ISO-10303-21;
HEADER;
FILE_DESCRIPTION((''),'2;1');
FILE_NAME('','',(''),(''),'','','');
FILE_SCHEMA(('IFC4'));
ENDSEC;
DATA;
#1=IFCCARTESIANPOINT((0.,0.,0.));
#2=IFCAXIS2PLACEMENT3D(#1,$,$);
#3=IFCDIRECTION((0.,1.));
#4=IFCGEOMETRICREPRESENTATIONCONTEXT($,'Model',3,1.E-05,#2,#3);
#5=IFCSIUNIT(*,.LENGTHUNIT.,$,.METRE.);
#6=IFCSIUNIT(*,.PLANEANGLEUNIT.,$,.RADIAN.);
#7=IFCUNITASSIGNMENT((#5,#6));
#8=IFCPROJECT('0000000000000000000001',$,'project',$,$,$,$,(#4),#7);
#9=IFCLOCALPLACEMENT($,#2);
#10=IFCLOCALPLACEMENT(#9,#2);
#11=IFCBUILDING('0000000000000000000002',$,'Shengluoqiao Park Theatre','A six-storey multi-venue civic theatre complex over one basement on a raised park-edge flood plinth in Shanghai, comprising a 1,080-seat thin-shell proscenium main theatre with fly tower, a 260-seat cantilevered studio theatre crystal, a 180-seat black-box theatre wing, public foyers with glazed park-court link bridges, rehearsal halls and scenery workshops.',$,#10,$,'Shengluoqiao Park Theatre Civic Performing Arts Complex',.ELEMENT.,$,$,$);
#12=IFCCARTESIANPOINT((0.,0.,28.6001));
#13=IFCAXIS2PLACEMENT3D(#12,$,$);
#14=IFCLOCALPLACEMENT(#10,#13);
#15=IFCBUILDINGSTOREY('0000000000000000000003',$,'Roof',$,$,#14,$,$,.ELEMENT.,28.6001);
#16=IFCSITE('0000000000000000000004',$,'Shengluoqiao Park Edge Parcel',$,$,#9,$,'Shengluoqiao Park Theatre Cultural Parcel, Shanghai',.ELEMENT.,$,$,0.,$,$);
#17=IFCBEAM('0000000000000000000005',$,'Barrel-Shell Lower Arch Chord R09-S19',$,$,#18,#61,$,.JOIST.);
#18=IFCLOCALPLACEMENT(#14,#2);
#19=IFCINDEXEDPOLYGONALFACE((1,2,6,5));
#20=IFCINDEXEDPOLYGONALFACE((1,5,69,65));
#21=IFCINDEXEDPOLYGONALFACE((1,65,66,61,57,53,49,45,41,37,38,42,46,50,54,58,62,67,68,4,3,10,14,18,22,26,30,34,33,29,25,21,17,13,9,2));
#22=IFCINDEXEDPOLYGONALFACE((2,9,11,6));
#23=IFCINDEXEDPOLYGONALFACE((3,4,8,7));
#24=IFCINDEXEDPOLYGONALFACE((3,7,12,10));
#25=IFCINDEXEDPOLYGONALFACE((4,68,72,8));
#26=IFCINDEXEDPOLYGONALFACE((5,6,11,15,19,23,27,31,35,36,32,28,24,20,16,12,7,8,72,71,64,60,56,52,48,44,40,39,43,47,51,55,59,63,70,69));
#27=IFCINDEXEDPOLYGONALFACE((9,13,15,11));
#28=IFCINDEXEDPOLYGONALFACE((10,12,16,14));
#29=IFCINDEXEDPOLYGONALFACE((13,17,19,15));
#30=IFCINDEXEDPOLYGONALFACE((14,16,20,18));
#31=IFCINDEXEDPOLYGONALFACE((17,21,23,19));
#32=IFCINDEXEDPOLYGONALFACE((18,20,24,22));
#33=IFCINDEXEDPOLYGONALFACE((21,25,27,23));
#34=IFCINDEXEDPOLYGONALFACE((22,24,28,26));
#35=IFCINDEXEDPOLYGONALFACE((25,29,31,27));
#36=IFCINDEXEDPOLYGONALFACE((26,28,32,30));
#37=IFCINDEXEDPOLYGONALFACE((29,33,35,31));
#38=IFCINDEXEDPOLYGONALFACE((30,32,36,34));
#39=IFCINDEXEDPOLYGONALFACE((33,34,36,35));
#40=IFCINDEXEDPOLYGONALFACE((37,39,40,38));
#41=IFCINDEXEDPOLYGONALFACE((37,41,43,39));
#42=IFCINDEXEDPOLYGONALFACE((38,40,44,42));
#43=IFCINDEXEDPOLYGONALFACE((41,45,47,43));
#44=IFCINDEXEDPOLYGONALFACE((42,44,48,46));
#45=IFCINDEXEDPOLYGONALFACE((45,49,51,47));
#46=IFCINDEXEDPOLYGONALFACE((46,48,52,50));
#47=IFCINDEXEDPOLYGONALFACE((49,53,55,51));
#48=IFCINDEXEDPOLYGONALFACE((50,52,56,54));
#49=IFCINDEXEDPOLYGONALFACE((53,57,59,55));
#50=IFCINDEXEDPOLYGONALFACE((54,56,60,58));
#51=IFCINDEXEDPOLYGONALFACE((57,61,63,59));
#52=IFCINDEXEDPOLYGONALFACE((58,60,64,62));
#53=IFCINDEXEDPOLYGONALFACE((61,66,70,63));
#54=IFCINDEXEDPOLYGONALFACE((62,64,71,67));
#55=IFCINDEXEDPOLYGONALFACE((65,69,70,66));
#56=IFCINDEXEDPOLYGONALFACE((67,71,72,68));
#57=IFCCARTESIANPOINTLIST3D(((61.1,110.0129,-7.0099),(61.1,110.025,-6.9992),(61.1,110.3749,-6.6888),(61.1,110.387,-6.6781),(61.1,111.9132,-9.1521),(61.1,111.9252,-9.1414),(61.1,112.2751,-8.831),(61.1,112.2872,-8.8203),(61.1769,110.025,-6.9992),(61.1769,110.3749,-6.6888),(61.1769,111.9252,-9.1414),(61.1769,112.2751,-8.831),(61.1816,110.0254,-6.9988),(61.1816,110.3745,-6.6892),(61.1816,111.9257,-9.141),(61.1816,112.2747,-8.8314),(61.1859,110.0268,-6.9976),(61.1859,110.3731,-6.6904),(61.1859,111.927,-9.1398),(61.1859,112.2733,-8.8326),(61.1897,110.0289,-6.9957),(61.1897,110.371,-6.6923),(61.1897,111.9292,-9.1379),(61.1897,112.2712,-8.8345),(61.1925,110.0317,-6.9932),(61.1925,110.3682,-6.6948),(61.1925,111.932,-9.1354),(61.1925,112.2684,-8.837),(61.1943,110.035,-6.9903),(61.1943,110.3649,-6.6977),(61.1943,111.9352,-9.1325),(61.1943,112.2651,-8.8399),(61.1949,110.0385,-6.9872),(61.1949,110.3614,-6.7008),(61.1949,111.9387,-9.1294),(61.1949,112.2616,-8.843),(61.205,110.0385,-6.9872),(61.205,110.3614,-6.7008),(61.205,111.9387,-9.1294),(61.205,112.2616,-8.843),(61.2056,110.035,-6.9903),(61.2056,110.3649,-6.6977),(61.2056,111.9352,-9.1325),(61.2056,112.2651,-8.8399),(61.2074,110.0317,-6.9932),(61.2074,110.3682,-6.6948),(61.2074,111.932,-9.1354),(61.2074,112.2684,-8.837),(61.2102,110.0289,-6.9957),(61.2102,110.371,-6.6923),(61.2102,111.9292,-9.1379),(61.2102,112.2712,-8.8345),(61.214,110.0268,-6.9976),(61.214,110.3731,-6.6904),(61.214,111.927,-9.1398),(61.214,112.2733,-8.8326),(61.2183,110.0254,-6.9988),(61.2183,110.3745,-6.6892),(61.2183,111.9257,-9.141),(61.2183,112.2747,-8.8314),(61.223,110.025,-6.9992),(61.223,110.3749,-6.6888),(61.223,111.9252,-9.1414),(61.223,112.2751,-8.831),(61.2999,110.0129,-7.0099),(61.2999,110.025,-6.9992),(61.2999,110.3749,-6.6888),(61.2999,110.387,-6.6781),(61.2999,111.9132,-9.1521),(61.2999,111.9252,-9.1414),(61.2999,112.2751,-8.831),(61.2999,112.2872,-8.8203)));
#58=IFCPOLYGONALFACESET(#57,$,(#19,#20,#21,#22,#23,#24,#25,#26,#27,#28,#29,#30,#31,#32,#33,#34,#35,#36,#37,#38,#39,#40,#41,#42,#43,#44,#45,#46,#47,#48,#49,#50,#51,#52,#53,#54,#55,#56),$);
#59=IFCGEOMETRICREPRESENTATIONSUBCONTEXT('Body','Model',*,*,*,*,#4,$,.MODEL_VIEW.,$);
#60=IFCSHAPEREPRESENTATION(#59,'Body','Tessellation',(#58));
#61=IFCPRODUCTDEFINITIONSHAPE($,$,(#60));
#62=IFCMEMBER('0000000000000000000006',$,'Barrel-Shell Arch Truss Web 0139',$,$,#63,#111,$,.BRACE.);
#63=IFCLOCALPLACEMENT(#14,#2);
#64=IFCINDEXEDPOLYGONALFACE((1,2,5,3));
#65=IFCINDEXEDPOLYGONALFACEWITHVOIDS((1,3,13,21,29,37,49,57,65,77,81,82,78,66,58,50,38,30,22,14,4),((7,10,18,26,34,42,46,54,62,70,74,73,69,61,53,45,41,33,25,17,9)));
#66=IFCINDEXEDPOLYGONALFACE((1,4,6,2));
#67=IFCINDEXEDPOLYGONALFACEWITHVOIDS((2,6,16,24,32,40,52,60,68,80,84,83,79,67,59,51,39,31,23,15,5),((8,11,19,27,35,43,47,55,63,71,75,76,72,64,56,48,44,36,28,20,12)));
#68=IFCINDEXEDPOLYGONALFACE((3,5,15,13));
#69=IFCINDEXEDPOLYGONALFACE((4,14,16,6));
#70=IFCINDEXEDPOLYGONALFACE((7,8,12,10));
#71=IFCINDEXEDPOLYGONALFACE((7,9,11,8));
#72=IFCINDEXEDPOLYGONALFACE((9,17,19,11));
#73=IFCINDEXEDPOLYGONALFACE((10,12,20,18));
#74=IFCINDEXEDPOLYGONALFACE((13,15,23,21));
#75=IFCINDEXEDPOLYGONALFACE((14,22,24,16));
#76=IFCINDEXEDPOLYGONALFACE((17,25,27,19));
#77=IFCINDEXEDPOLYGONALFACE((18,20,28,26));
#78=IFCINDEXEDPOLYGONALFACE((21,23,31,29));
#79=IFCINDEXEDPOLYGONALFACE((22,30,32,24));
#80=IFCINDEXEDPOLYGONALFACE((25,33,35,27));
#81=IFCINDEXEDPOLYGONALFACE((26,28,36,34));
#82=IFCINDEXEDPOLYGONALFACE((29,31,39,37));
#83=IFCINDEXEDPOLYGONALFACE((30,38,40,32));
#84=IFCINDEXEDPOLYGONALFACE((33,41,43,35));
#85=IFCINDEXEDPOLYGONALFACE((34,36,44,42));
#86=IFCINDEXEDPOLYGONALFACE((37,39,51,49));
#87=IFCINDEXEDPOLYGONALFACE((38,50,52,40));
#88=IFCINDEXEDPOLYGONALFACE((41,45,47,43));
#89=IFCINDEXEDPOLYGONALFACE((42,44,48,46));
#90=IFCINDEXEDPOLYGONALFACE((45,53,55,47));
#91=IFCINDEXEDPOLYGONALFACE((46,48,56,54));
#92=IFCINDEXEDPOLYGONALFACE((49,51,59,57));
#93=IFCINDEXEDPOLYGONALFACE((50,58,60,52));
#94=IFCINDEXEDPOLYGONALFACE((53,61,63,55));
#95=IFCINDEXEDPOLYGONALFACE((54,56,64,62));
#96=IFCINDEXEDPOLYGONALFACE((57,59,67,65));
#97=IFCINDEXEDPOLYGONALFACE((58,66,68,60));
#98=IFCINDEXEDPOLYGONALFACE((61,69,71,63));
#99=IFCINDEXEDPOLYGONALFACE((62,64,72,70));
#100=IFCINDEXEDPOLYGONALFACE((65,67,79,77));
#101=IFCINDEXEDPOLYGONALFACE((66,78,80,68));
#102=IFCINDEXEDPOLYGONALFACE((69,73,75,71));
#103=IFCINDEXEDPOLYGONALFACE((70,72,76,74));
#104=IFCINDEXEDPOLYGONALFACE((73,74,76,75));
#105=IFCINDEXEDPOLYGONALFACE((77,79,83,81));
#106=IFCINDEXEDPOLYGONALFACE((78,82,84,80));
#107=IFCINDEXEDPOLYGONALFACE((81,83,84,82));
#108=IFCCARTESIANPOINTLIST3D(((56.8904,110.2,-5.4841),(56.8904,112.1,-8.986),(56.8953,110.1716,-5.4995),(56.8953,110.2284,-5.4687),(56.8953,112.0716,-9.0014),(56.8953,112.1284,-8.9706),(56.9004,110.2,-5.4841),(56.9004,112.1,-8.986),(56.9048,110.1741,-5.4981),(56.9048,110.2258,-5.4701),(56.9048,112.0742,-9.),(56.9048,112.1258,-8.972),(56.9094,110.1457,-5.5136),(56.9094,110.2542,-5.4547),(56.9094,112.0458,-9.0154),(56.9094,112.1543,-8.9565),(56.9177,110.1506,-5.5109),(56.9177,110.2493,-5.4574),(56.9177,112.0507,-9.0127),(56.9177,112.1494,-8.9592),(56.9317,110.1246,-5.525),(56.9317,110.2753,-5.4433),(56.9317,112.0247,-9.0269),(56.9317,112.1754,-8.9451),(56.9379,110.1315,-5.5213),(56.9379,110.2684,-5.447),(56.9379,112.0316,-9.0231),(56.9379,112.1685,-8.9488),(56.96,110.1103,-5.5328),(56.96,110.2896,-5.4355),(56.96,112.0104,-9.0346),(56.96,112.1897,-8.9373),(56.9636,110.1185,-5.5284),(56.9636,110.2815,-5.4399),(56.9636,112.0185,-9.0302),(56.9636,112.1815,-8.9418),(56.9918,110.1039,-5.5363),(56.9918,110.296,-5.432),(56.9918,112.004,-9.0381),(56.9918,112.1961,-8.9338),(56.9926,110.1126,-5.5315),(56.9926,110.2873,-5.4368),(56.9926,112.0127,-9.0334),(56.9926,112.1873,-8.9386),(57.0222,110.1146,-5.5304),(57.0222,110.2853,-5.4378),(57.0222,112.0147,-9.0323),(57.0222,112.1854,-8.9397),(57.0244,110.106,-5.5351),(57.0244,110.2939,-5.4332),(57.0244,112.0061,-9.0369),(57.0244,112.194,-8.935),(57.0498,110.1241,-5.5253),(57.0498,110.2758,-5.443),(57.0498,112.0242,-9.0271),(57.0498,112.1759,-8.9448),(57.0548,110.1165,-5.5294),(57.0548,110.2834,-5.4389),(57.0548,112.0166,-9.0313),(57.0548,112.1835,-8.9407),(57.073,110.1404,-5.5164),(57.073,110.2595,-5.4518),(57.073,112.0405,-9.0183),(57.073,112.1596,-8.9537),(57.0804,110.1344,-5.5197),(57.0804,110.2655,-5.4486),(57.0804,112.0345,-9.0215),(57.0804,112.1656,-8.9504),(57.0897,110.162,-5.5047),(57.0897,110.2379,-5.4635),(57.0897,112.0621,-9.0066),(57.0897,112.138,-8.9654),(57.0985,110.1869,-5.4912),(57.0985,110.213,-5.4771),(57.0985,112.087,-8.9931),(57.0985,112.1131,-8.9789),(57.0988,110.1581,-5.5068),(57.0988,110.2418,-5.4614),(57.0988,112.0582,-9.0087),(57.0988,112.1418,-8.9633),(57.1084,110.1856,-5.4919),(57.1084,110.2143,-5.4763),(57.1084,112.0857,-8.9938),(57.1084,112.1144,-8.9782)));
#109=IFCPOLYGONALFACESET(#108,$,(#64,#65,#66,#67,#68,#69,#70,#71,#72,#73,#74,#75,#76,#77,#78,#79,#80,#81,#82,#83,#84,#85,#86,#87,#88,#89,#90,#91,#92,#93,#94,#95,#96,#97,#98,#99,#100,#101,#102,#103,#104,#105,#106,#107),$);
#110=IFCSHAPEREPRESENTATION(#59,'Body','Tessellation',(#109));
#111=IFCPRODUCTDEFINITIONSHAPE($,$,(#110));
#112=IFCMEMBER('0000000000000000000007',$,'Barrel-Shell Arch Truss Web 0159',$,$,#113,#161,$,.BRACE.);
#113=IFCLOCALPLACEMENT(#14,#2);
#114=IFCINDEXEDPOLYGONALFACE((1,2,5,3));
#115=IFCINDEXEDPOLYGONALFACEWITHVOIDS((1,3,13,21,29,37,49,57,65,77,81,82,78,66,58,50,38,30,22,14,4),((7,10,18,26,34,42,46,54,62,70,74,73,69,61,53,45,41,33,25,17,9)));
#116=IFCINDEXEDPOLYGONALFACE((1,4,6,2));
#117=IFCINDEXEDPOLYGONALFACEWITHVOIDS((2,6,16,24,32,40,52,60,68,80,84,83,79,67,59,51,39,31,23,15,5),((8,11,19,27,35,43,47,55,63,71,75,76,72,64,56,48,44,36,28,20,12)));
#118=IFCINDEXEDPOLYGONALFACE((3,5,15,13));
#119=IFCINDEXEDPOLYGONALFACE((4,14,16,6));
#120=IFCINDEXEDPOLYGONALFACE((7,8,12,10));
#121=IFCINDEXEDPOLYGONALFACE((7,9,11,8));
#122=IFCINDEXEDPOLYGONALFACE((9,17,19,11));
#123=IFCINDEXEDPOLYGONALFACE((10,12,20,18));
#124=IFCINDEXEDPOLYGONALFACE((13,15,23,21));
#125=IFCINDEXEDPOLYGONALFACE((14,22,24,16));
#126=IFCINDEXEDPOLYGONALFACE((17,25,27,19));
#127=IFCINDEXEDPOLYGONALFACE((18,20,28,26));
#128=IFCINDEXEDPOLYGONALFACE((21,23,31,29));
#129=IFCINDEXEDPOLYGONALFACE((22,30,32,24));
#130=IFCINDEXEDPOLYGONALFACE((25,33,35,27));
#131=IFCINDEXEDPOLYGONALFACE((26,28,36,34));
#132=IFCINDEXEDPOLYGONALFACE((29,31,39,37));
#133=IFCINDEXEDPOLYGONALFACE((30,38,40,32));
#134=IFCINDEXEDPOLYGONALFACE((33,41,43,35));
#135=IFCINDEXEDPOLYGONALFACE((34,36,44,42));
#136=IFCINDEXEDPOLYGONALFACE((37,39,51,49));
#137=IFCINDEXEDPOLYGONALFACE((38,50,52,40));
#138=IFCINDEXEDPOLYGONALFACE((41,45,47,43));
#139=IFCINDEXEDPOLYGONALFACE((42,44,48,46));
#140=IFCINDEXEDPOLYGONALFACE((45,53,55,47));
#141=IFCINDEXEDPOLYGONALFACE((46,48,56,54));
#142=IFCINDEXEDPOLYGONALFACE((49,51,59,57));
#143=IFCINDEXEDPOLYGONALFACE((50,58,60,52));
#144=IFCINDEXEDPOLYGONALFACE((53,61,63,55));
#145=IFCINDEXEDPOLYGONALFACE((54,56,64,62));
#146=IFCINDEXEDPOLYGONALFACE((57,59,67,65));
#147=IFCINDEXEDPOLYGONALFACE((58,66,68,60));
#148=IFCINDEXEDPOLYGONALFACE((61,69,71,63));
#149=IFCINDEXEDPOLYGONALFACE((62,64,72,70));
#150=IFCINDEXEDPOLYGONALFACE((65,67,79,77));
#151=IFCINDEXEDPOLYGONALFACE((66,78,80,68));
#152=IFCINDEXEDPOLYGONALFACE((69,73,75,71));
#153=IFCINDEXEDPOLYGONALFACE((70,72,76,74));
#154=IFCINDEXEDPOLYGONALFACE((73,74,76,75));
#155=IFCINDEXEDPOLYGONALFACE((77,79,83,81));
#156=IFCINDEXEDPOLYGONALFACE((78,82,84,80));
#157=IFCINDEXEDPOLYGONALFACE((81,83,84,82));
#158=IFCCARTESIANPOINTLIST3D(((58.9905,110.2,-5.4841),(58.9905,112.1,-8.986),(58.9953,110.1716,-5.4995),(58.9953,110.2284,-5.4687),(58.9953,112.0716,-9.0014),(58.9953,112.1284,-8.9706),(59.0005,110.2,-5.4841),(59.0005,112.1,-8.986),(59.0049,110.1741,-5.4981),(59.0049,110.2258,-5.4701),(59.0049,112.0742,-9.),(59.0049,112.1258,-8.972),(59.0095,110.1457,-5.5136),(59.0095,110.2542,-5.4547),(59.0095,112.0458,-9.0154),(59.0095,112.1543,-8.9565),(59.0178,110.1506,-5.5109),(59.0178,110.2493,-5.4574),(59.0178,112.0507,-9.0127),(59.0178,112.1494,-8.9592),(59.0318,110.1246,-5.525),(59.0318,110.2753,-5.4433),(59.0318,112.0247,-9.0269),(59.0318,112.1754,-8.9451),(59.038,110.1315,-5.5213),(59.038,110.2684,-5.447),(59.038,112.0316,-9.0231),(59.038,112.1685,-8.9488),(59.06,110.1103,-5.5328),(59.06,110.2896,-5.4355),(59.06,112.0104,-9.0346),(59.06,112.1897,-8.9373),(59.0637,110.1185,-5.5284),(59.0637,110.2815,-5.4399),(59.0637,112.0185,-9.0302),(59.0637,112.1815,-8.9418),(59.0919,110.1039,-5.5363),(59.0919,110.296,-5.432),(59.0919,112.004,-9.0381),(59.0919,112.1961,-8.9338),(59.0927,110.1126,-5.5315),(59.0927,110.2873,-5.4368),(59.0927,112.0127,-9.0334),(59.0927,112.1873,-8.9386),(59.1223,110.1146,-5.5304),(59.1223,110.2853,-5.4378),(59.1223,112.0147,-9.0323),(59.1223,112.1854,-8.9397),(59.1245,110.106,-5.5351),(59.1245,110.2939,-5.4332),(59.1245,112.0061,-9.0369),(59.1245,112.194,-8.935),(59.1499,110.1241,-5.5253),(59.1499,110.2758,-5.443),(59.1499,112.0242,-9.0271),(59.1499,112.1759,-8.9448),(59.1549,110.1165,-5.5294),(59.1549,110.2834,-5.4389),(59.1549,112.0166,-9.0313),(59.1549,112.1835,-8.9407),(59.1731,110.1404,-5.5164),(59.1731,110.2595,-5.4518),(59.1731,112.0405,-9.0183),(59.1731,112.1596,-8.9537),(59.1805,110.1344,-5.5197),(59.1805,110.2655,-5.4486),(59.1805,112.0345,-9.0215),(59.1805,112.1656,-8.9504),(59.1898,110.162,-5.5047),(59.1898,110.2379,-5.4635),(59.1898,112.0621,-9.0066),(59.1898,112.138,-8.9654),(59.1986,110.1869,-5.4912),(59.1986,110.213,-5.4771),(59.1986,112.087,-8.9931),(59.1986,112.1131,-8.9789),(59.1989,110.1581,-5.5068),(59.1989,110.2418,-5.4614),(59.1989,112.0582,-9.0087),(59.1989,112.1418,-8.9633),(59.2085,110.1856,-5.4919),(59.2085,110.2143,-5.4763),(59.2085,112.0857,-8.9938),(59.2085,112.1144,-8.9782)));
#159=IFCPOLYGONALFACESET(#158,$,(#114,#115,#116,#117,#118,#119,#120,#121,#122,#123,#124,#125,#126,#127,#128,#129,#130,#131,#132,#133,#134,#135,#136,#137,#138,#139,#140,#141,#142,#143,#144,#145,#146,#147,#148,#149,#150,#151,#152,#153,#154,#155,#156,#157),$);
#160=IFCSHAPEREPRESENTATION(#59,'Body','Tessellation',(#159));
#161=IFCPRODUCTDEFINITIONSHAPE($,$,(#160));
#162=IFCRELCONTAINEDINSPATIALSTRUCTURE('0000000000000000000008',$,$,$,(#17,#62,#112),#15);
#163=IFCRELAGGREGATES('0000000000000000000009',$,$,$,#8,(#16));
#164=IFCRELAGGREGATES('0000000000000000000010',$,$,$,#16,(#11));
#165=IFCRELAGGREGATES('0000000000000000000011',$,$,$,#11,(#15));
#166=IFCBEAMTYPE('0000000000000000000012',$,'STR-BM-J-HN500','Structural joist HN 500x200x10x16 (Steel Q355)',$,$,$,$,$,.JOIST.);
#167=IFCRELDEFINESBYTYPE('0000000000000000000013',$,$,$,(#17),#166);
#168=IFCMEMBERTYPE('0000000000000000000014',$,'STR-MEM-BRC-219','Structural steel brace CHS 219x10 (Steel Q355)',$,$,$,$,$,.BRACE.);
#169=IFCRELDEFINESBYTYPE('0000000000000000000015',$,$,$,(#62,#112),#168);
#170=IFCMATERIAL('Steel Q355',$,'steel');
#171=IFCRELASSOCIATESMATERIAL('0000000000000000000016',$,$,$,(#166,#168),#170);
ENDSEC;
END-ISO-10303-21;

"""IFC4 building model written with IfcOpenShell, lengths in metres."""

from ifc_helpers import new_model, si_unit, direction, frame, origin, origin_2d, place, context, subcontext, project, spatial, hollow_circle, i_section, extrude, material, material_profile, profile_set, type_object, element, save


model = new_model("IFC4")

# Units and contexts
model_context = context("Model", 3, precision=1e-05, world=origin(), true_north=direction((0.0, 1.0)))
body_context = subcontext(model_context, "Body", "Model", "MODEL_VIEW")
ifc_project = project(units=[si_unit("LENGTHUNIT", "METRE"), si_unit("PLANEANGLEUNIT", "RADIAN")], contexts=[model_context])

# Site, building, storey
site_placement = place(None, origin())
site = spatial("IfcSite", under=ifc_project, at=site_placement, Name="Shengluoqiao Park Edge Parcel", LongName="Shengluoqiao Park Theatre Cultural Parcel, Shanghai", CompositionType="ELEMENT", RefElevation=0.0)
building_placement = place(site_placement, origin())
building = spatial("IfcBuilding", under=site, at=building_placement, Name="Shengluoqiao Park Theatre", Description="A six-storey multi-venue civic theatre complex over one basement on a raised park-edge flood plinth in Shanghai, comprising a 1,080-seat thin-shell proscenium main theatre with fly tower, a 260-seat cantilevered studio theatre crystal, a 180-seat black-box theatre wing, public foyers with glazed park-court link bridges, rehearsal halls and scenery workshops.", LongName="Shengluoqiao Park Theatre Civic Performing Arts Complex", CompositionType="ELEMENT")
storey_placement = place(building_placement, frame((0.0, 0.0, 28.6001)))
storey = spatial("IfcBuildingStorey", under=building, at=storey_placement, Name="Roof", CompositionType="ELEMENT", Elevation=28.6001)

# Beam
ifc_material_1 = material(Name="Steel Q355", Category="steel")
ifc_material_profile_1 = material_profile(ifc_material_1, i_section(OverallWidth=0.2, OverallDepth=0.5, WebThickness=0.01, FlangeThickness=0.0161, FilletRadius=0.0181, at=origin_2d()), Name="HN 500x200x10x16")
ifc_profile_set_1 = profile_set([ifc_material_profile_1], Name="Steel Q355")
beam_type_1 = type_object("IfcBeamType", Name="STR-BM-J-HN500", Description="Structural joist HN 500x200x10x16 (Steel Q355)", PredefinedType="JOIST", material=ifc_profile_set_1)
for number, where, z_axis, x_axis, name in (
    (1, (61.2, 110.2, -6.844), (0.0, 0.663596, -0.748091), (-1.0, 0.0, 0.0), "Barrel-Shell Lower Arch Chord R09-S19"),
):
    element("IfcBeam", number, at=place(storey_placement, frame(where, z_axis=z_axis, x_axis=x_axis)), inside=storey, type_object=beam_type_1, Name=name, PredefinedType="JOIST", context=body_context, shape_type="SweptSolid", body=[
        extrude(i_section(OverallWidth=0.2, OverallDepth=0.5, WebThickness=0.01, FlangeThickness=0.0161, FilletRadius=0.0181, at=origin_2d()), origin(), (0.0, 0.0, 1.0), 2.8635),
    ])

# Members
ifc_material_profile_2 = material_profile(ifc_material_1, hollow_circle(Radius=0.1096, WallThickness=0.01, at=origin_2d()), Name="CHS 219x10")
ifc_profile_set_2 = profile_set([ifc_material_profile_2], Name="Steel Q355")
member_type_1 = type_object("IfcMemberType", Name="STR-MEM-BRC-219", Description="Structural steel brace CHS 219x10 (Steel Q355)", PredefinedType="BRACE", material=ifc_profile_set_2)
for number, where, z_axis, x_axis, name in (
    (2, (57.0, 110.2, -5.4841), (0.0, 0.476915, -0.87895), (-1.0, 0.0, 0.0), "Barrel-Shell Arch Truss Web 0139"),
    (3, (59.1001, 110.2, -5.4841), (0.0, 0.476915, -0.87895), (-1.0, 0.0, 0.0), "Barrel-Shell Arch Truss Web 0159"),
):
    element("IfcMember", number, at=place(storey_placement, frame(where, z_axis=z_axis, x_axis=x_axis)), inside=storey, type_object=member_type_1, Name=name, PredefinedType="BRACE", context=body_context, shape_type="SweptSolid", body=[
        extrude(hollow_circle(Radius=0.1096, WallThickness=0.01, at=origin_2d()), origin(), (0.0, 0.0, 1.0), 3.9841),
    ])

save(model, "model.ifc")
